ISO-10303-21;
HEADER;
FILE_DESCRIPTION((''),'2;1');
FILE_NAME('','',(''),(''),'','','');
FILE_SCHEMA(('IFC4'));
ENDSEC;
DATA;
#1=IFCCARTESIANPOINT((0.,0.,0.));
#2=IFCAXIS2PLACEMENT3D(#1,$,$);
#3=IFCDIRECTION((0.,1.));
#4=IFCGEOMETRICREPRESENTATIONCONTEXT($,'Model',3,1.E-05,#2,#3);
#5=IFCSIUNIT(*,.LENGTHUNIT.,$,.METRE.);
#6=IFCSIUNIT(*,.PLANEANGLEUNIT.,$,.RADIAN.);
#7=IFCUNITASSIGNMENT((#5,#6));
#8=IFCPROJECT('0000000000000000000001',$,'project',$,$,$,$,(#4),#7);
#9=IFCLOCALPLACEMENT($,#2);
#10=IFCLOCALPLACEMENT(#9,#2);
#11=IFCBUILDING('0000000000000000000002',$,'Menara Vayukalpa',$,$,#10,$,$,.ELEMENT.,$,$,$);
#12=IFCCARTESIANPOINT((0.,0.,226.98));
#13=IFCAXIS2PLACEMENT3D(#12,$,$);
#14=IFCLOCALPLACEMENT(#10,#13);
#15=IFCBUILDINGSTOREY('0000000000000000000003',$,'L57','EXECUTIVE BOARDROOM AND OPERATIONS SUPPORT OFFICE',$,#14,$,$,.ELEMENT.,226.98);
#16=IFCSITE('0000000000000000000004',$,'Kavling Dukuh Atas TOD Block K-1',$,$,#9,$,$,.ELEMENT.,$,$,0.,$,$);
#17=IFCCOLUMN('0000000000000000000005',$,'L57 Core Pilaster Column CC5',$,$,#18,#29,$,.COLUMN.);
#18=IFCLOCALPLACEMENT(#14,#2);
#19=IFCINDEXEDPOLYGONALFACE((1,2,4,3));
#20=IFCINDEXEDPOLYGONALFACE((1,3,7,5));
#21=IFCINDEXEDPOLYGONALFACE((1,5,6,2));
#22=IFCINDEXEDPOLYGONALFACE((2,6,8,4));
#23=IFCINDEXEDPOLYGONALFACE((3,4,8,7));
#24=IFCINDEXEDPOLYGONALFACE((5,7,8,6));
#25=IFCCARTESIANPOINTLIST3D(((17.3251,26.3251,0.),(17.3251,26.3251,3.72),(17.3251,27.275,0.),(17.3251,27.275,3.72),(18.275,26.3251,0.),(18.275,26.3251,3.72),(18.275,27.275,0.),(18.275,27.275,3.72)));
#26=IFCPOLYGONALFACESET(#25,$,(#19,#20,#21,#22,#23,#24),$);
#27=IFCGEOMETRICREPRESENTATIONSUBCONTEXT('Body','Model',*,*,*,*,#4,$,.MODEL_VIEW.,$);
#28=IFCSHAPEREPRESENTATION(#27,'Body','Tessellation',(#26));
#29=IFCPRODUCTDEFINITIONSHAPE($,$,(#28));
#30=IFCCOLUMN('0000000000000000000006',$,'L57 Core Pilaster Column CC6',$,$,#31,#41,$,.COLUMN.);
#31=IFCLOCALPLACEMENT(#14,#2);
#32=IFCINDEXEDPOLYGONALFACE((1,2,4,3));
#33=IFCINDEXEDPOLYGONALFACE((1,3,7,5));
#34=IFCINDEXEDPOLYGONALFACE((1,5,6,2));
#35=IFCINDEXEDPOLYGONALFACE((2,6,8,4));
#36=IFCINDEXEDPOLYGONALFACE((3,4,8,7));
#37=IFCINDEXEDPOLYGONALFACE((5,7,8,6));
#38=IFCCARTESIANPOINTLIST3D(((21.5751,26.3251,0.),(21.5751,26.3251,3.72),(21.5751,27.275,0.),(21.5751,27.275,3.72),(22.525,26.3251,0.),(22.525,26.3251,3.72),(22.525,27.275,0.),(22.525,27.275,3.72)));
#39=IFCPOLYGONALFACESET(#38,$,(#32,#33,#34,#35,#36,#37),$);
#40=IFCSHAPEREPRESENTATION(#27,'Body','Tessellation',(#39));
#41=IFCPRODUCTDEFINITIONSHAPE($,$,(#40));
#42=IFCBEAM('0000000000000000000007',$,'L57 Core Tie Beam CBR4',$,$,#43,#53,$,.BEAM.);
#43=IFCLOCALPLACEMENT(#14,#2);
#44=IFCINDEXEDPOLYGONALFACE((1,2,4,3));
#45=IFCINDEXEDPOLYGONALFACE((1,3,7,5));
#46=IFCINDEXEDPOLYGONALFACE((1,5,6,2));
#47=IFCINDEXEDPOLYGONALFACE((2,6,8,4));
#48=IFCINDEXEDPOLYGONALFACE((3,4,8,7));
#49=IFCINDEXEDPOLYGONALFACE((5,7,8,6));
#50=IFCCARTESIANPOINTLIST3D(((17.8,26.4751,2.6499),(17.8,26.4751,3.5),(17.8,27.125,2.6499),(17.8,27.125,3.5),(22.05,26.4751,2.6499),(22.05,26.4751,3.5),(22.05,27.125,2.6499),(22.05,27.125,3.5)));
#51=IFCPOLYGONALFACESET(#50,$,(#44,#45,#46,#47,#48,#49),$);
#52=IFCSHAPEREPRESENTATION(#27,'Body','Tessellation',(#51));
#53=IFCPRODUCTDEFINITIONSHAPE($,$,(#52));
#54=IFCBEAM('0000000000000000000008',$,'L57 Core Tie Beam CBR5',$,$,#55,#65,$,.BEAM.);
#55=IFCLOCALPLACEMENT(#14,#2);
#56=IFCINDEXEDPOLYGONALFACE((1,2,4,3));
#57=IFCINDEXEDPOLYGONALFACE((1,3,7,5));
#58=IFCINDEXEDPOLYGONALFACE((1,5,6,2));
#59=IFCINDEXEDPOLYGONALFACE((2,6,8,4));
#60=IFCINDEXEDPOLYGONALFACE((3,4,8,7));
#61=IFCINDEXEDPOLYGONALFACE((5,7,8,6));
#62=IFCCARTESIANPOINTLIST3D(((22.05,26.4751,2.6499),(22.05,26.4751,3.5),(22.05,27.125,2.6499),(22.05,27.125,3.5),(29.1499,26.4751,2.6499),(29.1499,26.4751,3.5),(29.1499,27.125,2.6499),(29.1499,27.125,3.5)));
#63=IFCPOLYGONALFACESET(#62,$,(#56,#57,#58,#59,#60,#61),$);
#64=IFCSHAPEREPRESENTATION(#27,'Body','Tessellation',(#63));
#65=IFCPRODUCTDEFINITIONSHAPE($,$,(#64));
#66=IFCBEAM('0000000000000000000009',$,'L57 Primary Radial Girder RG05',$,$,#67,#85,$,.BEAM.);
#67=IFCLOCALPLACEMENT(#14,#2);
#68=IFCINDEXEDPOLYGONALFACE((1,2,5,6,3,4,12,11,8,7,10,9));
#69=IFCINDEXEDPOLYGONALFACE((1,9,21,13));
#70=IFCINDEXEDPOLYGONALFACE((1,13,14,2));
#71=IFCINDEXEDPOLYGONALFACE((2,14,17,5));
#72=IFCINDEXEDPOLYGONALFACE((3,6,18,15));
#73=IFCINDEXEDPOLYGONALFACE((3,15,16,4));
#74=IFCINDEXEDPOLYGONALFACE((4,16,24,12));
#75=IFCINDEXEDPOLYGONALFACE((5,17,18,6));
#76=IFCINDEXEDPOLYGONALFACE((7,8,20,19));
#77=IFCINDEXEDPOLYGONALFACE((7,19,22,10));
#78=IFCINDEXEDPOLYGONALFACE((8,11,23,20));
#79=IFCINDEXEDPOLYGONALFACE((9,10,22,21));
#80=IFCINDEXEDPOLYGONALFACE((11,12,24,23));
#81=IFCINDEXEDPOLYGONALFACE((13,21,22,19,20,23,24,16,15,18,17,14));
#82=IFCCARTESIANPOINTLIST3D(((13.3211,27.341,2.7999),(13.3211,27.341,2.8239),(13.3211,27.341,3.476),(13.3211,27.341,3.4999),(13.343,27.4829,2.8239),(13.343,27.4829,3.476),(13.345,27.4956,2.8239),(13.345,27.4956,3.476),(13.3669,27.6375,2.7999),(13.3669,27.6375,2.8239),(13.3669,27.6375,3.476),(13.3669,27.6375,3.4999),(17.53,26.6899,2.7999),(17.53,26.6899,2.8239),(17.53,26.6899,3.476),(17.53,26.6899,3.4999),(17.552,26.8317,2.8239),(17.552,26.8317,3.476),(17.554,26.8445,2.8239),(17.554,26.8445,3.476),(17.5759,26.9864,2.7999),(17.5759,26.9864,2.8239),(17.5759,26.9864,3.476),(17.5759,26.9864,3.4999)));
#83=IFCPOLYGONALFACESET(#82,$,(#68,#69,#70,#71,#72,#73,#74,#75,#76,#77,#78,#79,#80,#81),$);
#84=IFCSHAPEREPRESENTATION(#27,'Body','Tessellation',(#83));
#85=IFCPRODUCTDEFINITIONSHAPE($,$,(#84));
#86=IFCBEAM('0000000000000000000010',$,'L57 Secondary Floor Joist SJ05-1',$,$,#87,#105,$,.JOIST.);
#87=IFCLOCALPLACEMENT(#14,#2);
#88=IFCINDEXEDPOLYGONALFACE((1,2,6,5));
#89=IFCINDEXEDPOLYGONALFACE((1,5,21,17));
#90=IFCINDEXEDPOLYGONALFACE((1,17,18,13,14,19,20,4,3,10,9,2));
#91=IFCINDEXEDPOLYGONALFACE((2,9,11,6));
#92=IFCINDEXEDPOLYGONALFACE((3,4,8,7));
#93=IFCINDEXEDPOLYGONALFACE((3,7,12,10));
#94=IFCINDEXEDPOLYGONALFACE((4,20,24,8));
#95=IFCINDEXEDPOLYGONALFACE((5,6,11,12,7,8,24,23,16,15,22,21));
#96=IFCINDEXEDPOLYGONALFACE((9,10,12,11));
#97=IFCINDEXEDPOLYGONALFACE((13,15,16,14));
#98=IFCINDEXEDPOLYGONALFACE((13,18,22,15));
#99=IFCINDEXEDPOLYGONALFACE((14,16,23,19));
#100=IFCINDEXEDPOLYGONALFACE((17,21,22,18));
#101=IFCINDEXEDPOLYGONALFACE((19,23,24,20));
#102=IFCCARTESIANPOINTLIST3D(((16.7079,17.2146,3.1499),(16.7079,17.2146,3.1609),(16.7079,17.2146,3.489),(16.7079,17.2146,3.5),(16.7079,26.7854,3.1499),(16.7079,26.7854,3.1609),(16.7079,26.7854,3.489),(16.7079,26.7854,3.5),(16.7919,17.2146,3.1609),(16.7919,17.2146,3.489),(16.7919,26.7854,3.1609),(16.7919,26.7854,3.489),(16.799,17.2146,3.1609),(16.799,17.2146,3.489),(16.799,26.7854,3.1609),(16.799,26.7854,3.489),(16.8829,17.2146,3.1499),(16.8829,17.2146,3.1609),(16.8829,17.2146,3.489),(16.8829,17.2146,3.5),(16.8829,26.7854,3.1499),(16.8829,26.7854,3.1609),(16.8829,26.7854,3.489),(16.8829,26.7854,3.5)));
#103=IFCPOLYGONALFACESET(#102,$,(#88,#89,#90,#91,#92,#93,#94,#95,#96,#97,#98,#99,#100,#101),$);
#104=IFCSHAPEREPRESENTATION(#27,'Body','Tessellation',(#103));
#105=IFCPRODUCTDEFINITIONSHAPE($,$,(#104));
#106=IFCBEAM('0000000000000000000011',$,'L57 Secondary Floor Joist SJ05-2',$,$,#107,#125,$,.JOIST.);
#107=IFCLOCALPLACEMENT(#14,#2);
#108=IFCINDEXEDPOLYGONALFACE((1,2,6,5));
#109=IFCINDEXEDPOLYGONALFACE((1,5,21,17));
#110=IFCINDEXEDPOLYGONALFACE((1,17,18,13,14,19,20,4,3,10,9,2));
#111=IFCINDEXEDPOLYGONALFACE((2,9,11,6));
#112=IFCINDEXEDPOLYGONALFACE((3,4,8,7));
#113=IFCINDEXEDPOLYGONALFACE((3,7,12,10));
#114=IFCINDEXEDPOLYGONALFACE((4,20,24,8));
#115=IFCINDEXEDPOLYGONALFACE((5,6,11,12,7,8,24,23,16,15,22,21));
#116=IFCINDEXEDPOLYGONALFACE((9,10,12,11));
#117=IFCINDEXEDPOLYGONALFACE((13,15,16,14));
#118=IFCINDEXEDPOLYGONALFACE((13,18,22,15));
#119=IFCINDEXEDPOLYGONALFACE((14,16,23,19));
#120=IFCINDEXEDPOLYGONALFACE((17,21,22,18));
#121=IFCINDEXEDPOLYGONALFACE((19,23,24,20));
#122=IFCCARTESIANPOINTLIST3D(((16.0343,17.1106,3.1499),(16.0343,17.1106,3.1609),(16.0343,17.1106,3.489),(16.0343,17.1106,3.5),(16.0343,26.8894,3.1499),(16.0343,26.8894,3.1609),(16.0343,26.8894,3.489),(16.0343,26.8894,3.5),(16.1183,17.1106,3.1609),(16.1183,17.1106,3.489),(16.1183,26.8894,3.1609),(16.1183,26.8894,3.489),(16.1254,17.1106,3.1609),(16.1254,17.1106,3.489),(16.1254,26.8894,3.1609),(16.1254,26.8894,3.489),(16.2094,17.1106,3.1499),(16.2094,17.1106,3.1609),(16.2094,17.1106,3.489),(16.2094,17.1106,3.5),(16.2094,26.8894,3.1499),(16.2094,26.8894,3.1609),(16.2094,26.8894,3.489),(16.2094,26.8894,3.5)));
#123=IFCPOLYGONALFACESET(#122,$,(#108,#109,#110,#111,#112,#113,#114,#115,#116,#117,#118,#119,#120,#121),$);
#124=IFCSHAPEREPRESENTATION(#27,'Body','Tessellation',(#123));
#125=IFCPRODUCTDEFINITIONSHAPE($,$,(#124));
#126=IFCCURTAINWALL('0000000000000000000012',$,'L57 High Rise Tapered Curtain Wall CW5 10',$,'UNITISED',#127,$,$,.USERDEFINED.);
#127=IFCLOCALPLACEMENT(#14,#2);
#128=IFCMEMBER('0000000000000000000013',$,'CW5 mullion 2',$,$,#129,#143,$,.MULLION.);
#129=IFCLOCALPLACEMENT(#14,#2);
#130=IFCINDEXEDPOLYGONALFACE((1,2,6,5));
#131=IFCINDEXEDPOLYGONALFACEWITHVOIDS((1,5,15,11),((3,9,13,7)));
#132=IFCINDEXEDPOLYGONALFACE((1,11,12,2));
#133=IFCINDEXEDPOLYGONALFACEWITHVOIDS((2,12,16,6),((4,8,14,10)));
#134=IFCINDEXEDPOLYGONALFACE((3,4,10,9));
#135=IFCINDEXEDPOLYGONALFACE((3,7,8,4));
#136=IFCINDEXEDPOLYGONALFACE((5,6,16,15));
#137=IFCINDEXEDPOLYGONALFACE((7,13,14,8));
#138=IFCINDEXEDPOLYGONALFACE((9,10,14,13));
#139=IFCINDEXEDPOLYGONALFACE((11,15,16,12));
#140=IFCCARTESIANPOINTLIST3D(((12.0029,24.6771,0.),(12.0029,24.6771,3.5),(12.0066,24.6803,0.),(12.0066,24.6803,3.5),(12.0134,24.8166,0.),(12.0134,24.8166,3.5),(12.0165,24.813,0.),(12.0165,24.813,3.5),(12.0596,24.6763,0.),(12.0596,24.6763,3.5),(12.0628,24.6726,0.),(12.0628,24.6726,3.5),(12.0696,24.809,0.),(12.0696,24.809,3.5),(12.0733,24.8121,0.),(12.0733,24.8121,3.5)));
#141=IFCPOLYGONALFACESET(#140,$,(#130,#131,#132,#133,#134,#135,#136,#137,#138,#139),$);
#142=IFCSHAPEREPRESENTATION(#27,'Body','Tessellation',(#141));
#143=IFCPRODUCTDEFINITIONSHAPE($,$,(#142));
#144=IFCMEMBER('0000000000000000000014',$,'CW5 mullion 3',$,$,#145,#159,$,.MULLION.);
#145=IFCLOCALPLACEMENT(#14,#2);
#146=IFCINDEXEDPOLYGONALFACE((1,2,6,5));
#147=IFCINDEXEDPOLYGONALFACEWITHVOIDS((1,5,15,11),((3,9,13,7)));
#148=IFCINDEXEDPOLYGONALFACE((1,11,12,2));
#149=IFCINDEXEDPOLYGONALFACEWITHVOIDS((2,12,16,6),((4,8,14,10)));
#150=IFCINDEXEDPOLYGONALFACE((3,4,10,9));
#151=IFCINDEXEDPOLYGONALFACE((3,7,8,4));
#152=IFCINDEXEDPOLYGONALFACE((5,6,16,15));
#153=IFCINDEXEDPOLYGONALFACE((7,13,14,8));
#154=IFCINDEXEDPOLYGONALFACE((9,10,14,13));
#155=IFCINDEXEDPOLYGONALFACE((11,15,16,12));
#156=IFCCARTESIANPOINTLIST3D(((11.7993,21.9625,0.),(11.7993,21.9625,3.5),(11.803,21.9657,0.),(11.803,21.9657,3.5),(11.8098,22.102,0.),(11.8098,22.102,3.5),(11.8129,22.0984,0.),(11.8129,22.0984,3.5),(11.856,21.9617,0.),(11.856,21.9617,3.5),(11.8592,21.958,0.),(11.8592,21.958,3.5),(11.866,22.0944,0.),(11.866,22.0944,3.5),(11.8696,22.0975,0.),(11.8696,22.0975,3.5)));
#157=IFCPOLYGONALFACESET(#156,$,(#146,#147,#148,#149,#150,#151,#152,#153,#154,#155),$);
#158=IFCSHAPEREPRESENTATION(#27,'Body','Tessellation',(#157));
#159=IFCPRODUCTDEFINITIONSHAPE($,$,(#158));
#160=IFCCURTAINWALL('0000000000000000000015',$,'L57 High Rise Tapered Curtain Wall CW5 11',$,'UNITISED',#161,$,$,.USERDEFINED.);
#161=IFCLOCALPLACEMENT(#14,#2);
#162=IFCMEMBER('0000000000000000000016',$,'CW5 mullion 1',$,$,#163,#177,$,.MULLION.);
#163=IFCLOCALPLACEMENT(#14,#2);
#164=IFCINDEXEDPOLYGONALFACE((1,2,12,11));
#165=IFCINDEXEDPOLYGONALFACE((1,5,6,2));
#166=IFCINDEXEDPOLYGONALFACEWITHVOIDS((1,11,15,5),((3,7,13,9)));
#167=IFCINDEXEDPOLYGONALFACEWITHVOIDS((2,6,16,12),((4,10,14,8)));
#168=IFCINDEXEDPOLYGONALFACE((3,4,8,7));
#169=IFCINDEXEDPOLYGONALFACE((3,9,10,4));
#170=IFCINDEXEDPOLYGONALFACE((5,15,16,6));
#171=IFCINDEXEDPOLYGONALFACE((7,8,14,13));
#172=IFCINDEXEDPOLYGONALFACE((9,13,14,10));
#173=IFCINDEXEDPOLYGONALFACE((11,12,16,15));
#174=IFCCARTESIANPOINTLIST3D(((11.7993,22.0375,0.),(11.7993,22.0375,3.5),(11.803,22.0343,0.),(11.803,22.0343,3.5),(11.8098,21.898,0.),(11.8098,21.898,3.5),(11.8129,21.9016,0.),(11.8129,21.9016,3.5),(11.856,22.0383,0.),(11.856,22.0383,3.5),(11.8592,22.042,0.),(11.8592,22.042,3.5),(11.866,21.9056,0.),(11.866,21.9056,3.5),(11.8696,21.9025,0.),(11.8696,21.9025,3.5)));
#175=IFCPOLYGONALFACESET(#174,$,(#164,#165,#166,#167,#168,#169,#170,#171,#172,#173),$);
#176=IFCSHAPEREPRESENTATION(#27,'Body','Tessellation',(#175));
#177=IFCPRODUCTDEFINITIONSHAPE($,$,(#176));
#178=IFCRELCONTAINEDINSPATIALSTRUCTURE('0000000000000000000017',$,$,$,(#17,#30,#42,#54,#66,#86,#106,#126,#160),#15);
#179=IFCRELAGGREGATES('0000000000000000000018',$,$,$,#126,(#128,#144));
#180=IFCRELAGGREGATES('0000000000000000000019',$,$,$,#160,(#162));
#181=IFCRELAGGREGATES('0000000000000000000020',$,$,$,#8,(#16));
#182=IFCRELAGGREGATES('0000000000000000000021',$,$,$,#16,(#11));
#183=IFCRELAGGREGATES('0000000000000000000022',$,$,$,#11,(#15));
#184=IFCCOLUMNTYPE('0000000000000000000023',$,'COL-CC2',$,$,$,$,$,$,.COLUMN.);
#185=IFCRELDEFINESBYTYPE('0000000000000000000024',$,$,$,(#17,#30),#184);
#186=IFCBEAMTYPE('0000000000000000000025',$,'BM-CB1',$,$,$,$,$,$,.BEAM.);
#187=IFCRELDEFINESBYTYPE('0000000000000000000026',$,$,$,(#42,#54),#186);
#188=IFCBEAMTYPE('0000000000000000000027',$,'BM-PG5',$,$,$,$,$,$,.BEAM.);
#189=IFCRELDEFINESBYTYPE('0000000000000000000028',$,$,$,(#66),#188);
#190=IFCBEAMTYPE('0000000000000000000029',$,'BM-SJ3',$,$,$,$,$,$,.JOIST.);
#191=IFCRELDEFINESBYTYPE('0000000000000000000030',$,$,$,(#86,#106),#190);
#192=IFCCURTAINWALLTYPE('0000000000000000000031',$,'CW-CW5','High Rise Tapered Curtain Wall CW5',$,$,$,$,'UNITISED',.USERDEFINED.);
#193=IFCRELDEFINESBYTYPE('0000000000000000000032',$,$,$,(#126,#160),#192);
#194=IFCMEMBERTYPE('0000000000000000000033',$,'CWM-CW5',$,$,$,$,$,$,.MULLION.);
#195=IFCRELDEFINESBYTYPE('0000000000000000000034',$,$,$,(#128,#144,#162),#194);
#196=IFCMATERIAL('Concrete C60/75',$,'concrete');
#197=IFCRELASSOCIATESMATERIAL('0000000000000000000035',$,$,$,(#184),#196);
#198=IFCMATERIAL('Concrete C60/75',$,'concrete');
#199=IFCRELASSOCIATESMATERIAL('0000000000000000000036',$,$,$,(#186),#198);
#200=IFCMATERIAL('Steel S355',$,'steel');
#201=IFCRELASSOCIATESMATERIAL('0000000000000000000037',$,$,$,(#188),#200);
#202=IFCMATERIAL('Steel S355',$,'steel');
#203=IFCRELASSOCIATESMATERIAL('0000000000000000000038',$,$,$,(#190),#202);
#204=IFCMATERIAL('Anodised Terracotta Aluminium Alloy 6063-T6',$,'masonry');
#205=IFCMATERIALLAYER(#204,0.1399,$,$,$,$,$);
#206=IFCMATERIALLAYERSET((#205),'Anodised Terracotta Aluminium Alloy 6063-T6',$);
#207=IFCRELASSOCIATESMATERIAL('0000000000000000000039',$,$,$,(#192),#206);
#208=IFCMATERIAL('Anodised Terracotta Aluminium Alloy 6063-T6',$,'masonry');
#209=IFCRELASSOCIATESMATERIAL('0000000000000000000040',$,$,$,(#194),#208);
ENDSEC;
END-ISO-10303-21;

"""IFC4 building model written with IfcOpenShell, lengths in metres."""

from ifc_helpers import new_model, si_unit, direction, frame, origin, origin_2d, place, context, subcontext, project, spatial, rectangle, hollow_rectangle, i_section, extrude, material, layer, layer_set, material_profile, profile_set, type_object, element, aggregate, save


model = new_model("IFC4")

# Units and contexts
model_context = context("Model", 3, precision=1e-05, world=origin(), true_north=direction((0.0, 1.0)))
body_context = subcontext(model_context, "Body", "Model", "MODEL_VIEW")
ifc_project = project(units=[si_unit("LENGTHUNIT", "METRE"), si_unit("PLANEANGLEUNIT", "RADIAN")], contexts=[model_context])

# Site, building, storey
site_placement = place(None, origin())
site = spatial("IfcSite", under=ifc_project, at=site_placement, Name="Kavling Dukuh Atas TOD Block K-1", CompositionType="ELEMENT", RefElevation=0.0)
building_placement = place(site_placement, origin())
building = spatial("IfcBuilding", under=site, at=building_placement, Name="Menara Vayukalpa", CompositionType="ELEMENT")
storey_placement = place(building_placement, frame((0.0, 0.0, 226.98)))
storey = spatial("IfcBuildingStorey", under=building, at=storey_placement, Name="L57", Description="EXECUTIVE BOARDROOM AND OPERATIONS SUPPORT OFFICE", CompositionType="ELEMENT", Elevation=226.98)

# Columns
ifc_material_1 = material(Name="Concrete C60/75", Category="concrete")
ifc_material_profile_1 = material_profile(ifc_material_1, rectangle(XDim=0.95, YDim=0.95, at=origin_2d()), Name="RC 950x950")
ifc_profile_set_1 = profile_set([ifc_material_profile_1], Name="Concrete C60/75")
column_type = type_object("IfcColumnType", Name="COL-CC2", PredefinedType="COLUMN", material=ifc_profile_set_1)
for number, where, z_axis, x_axis, name in (
    (1, (17.8, 26.8, 0.0), (0.0, 0.0, 1.0), (1.0, 0.0, 0.0), "L57 Core Pilaster Column CC5"),
    (2, (22.05, 26.8, 0.0), (0.0, 0.0, 1.0), (1.0, 0.0, 0.0), "L57 Core Pilaster Column CC6"),
):
    element("IfcColumn", number, at=place(storey_placement, frame(where, z_axis=z_axis, x_axis=x_axis)), inside=storey, type_object=column_type, Name=name, PredefinedType="COLUMN", context=body_context, shape_type="SweptSolid", body=[
        extrude(rectangle(XDim=0.95, YDim=0.95, at=origin_2d()), origin(), (0.0, 0.0, 1.0), 3.72),
    ])

# Beams
ifc_material_2 = material(Name="Concrete C60/75", Category="concrete")
ifc_material_profile_2 = material_profile(ifc_material_2, rectangle(XDim=0.6499, YDim=0.8501, at=origin_2d()), Name="RC 650x850")
ifc_profile_set_2 = profile_set([ifc_material_profile_2], Name="Concrete C60/75")
beam_type_1 = type_object("IfcBeamType", Name="BM-CB1", PredefinedType="BEAM", material=ifc_profile_set_2)
beam_1_placement = place(storey_placement, frame((17.8, 26.8, 3.075), z_axis=(1.0, 0.0, 0.0), x_axis=(0.0, 1.0, 0.0)))
element("IfcBeam", 3, at=beam_1_placement, inside=storey, type_object=beam_type_1, Name="L57 Core Tie Beam CBR4", PredefinedType="BEAM", context=body_context, shape_type="SweptSolid", body=[
    extrude(rectangle(XDim=0.6499, YDim=0.8501, at=origin_2d()), origin(), (0.0, 0.0, 1.0), 4.25),
])
beam_2_placement = place(storey_placement, frame((22.05, 26.8, 3.075), z_axis=(1.0, 0.0, 0.0), x_axis=(0.0, 1.0, 0.0)))
element("IfcBeam", 4, at=beam_2_placement, inside=storey, type_object=beam_type_1, Name="L57 Core Tie Beam CBR5", PredefinedType="BEAM", context=body_context, shape_type="SweptSolid", body=[
    extrude(rectangle(XDim=0.6499, YDim=0.8501, at=origin_2d()), origin(), (0.0, 0.0, 1.0), 7.0999),
])
ifc_material_3 = material(Name="Steel S355", Category="steel")
ifc_material_profile_3 = material_profile(ifc_material_3, i_section(OverallWidth=0.3, OverallDepth=0.7, WebThickness=0.0129, FlangeThickness=0.0239, at=origin_2d()), Name="WF 700x300x13x24")
ifc_profile_set_3 = profile_set([ifc_material_profile_3], Name="Steel S355")
beam_type_2 = type_object("IfcBeamType", Name="BM-PG5", PredefinedType="BEAM", material=ifc_profile_set_3)
beam_3_placement = place(storey_placement, frame((17.553, 26.8381, 3.1499), z_axis=(-0.988245, 0.15288, 0.0), x_axis=(-0.15288, -0.988245, 0.0)))
element("IfcBeam", 5, at=beam_3_placement, inside=storey, type_object=beam_type_2, Name="L57 Primary Radial Girder RG05", PredefinedType="BEAM", context=body_context, shape_type="SweptSolid", body=[
    extrude(i_section(OverallWidth=0.3, OverallDepth=0.7, WebThickness=0.0129, FlangeThickness=0.0239, at=origin_2d()), origin(), (0.0, 0.0, 1.0), 4.259),
])
ifc_material_4 = material(Name="Steel S355", Category="steel")
ifc_material_profile_4 = material_profile(ifc_material_4, i_section(OverallWidth=0.175, OverallDepth=0.3501, WebThickness=0.0071, FlangeThickness=0.011, at=origin_2d()), Name="WF 350x175x7x11")
ifc_profile_set_4 = profile_set([ifc_material_profile_4], Name="Steel S355")
beam_type_3 = type_object("IfcBeamType", Name="BM-SJ3", PredefinedType="JOIST", material=ifc_profile_set_4)
beam_4_placement = place(storey_placement, frame((16.7954, 26.7854, 3.325), z_axis=(0.0, -1.0, 0.0), x_axis=(1.0, 0.0, 0.0)))
element("IfcBeam", 6, at=beam_4_placement, inside=storey, type_object=beam_type_3, Name="L57 Secondary Floor Joist SJ05-1", PredefinedType="JOIST", context=body_context, shape_type="SweptSolid", body=[
    extrude(i_section(OverallWidth=0.175, OverallDepth=0.3501, WebThickness=0.0071, FlangeThickness=0.011, at=origin_2d()), origin(), (0.0, 0.0, 1.0), 9.5708),
])
beam_5_placement = place(storey_placement, frame((16.1218, 26.8894, 3.325), z_axis=(0.0, -1.0, 0.0), x_axis=(1.0, 0.0, 0.0)))
element("IfcBeam", 7, at=beam_5_placement, inside=storey, type_object=beam_type_3, Name="L57 Secondary Floor Joist SJ05-2", PredefinedType="JOIST", context=body_context, shape_type="SweptSolid", body=[
    extrude(i_section(OverallWidth=0.175, OverallDepth=0.3501, WebThickness=0.0071, FlangeThickness=0.011, at=origin_2d()), origin(), (0.0, 0.0, 1.0), 9.7788),
])

# Curtain wall, members
ifc_material_5 = material(Name="Anodised Terracotta Aluminium Alloy 6063-T6", Category="masonry")
ifc_layer_1 = layer(ifc_material_5, 0.1399)
ifc_layer_set_1 = layer_set([ifc_layer_1], Name="Anodised Terracotta Aluminium Alloy 6063-T6")
curtain_wall_type = type_object("IfcCurtainWallType", Name="CW-CW5", Description="High Rise Tapered Curtain Wall CW5", ElementType="UNITISED", PredefinedType="USERDEFINED", material=ifc_layer_set_1)
curtain_wall_1_placement = place(storey_placement, origin())
curtain_wall_1 = element("IfcCurtainWall", 8, at=curtain_wall_1_placement, inside=storey, type_object=curtain_wall_type, Name="L57 High Rise Tapered Curtain Wall CW5 10", ObjectType="UNITISED", PredefinedType="USERDEFINED")
ifc_material_6 = material(Name="Anodised Terracotta Aluminium Alloy 6063-T6", Category="masonry")
ifc_material_profile_5 = material_profile(ifc_material_6, hollow_rectangle(XDim=0.0601, YDim=0.1399, WallThickness=0.0034, at=origin_2d()), Name="ALU 60x140x3.5")
ifc_profile_set_5 = profile_set([ifc_material_profile_5], Name="Anodised Terracotta Aluminium Alloy 6063-T6")
member_type_1 = type_object("IfcMemberType", Name="CWM-CW5", PredefinedType="MULLION", material=ifc_profile_set_5)
member_1_placement = place(storey_placement, frame((12.0381, 24.7446, 0.0), z_axis=(0.0, 0.0, 1.0), x_axis=(0.997199, -0.074792, 0.0)))
member_1 = element("IfcMember", 9, at=member_1_placement, type_object=member_type_1, Name="CW5 mullion 2", PredefinedType="MULLION", context=body_context, shape_type="SweptSolid", body=[
    extrude(hollow_rectangle(XDim=0.0601, YDim=0.1399, WallThickness=0.0034, at=origin_2d()), origin(), (0.0, 0.0, 1.0), 3.5),
])
member_2_placement = place(storey_placement, frame((11.8345, 22.03, 0.0), z_axis=(0.0, 0.0, 1.0), x_axis=(0.997199, -0.074792, 0.0)))
member_2 = element("IfcMember", 10, at=member_2_placement, type_object=member_type_1, Name="CW5 mullion 3", PredefinedType="MULLION", context=body_context, shape_type="SweptSolid", body=[
    extrude(hollow_rectangle(XDim=0.0601, YDim=0.1399, WallThickness=0.0034, at=origin_2d()), origin(), (0.0, 0.0, 1.0), 3.5),
])

# Curtain wall, member
curtain_wall_2_placement = place(storey_placement, origin())
curtain_wall_2 = element("IfcCurtainWall", 11, at=curtain_wall_2_placement, inside=storey, type_object=curtain_wall_type, Name="L57 High Rise Tapered Curtain Wall CW5 11", ObjectType="UNITISED", PredefinedType="USERDEFINED")
member_3_placement = place(storey_placement, frame((11.8345, 21.97, 0.0), z_axis=(0.0, 0.0, 1.0), x_axis=(0.997199, 0.074792, 0.0)))
member_3 = element("IfcMember", 12, at=member_3_placement, type_object=member_type_1, Name="CW5 mullion 1", PredefinedType="MULLION", context=body_context, shape_type="SweptSolid", body=[
    extrude(hollow_rectangle(XDim=0.0601, YDim=0.1399, WallThickness=0.0034, at=origin_2d()), origin(), (0.0, 0.0, 1.0), 3.5),
])

aggregate(curtain_wall_1, [member_1, member_2])
aggregate(curtain_wall_2, [member_3])

save(model, "model.ifc")
